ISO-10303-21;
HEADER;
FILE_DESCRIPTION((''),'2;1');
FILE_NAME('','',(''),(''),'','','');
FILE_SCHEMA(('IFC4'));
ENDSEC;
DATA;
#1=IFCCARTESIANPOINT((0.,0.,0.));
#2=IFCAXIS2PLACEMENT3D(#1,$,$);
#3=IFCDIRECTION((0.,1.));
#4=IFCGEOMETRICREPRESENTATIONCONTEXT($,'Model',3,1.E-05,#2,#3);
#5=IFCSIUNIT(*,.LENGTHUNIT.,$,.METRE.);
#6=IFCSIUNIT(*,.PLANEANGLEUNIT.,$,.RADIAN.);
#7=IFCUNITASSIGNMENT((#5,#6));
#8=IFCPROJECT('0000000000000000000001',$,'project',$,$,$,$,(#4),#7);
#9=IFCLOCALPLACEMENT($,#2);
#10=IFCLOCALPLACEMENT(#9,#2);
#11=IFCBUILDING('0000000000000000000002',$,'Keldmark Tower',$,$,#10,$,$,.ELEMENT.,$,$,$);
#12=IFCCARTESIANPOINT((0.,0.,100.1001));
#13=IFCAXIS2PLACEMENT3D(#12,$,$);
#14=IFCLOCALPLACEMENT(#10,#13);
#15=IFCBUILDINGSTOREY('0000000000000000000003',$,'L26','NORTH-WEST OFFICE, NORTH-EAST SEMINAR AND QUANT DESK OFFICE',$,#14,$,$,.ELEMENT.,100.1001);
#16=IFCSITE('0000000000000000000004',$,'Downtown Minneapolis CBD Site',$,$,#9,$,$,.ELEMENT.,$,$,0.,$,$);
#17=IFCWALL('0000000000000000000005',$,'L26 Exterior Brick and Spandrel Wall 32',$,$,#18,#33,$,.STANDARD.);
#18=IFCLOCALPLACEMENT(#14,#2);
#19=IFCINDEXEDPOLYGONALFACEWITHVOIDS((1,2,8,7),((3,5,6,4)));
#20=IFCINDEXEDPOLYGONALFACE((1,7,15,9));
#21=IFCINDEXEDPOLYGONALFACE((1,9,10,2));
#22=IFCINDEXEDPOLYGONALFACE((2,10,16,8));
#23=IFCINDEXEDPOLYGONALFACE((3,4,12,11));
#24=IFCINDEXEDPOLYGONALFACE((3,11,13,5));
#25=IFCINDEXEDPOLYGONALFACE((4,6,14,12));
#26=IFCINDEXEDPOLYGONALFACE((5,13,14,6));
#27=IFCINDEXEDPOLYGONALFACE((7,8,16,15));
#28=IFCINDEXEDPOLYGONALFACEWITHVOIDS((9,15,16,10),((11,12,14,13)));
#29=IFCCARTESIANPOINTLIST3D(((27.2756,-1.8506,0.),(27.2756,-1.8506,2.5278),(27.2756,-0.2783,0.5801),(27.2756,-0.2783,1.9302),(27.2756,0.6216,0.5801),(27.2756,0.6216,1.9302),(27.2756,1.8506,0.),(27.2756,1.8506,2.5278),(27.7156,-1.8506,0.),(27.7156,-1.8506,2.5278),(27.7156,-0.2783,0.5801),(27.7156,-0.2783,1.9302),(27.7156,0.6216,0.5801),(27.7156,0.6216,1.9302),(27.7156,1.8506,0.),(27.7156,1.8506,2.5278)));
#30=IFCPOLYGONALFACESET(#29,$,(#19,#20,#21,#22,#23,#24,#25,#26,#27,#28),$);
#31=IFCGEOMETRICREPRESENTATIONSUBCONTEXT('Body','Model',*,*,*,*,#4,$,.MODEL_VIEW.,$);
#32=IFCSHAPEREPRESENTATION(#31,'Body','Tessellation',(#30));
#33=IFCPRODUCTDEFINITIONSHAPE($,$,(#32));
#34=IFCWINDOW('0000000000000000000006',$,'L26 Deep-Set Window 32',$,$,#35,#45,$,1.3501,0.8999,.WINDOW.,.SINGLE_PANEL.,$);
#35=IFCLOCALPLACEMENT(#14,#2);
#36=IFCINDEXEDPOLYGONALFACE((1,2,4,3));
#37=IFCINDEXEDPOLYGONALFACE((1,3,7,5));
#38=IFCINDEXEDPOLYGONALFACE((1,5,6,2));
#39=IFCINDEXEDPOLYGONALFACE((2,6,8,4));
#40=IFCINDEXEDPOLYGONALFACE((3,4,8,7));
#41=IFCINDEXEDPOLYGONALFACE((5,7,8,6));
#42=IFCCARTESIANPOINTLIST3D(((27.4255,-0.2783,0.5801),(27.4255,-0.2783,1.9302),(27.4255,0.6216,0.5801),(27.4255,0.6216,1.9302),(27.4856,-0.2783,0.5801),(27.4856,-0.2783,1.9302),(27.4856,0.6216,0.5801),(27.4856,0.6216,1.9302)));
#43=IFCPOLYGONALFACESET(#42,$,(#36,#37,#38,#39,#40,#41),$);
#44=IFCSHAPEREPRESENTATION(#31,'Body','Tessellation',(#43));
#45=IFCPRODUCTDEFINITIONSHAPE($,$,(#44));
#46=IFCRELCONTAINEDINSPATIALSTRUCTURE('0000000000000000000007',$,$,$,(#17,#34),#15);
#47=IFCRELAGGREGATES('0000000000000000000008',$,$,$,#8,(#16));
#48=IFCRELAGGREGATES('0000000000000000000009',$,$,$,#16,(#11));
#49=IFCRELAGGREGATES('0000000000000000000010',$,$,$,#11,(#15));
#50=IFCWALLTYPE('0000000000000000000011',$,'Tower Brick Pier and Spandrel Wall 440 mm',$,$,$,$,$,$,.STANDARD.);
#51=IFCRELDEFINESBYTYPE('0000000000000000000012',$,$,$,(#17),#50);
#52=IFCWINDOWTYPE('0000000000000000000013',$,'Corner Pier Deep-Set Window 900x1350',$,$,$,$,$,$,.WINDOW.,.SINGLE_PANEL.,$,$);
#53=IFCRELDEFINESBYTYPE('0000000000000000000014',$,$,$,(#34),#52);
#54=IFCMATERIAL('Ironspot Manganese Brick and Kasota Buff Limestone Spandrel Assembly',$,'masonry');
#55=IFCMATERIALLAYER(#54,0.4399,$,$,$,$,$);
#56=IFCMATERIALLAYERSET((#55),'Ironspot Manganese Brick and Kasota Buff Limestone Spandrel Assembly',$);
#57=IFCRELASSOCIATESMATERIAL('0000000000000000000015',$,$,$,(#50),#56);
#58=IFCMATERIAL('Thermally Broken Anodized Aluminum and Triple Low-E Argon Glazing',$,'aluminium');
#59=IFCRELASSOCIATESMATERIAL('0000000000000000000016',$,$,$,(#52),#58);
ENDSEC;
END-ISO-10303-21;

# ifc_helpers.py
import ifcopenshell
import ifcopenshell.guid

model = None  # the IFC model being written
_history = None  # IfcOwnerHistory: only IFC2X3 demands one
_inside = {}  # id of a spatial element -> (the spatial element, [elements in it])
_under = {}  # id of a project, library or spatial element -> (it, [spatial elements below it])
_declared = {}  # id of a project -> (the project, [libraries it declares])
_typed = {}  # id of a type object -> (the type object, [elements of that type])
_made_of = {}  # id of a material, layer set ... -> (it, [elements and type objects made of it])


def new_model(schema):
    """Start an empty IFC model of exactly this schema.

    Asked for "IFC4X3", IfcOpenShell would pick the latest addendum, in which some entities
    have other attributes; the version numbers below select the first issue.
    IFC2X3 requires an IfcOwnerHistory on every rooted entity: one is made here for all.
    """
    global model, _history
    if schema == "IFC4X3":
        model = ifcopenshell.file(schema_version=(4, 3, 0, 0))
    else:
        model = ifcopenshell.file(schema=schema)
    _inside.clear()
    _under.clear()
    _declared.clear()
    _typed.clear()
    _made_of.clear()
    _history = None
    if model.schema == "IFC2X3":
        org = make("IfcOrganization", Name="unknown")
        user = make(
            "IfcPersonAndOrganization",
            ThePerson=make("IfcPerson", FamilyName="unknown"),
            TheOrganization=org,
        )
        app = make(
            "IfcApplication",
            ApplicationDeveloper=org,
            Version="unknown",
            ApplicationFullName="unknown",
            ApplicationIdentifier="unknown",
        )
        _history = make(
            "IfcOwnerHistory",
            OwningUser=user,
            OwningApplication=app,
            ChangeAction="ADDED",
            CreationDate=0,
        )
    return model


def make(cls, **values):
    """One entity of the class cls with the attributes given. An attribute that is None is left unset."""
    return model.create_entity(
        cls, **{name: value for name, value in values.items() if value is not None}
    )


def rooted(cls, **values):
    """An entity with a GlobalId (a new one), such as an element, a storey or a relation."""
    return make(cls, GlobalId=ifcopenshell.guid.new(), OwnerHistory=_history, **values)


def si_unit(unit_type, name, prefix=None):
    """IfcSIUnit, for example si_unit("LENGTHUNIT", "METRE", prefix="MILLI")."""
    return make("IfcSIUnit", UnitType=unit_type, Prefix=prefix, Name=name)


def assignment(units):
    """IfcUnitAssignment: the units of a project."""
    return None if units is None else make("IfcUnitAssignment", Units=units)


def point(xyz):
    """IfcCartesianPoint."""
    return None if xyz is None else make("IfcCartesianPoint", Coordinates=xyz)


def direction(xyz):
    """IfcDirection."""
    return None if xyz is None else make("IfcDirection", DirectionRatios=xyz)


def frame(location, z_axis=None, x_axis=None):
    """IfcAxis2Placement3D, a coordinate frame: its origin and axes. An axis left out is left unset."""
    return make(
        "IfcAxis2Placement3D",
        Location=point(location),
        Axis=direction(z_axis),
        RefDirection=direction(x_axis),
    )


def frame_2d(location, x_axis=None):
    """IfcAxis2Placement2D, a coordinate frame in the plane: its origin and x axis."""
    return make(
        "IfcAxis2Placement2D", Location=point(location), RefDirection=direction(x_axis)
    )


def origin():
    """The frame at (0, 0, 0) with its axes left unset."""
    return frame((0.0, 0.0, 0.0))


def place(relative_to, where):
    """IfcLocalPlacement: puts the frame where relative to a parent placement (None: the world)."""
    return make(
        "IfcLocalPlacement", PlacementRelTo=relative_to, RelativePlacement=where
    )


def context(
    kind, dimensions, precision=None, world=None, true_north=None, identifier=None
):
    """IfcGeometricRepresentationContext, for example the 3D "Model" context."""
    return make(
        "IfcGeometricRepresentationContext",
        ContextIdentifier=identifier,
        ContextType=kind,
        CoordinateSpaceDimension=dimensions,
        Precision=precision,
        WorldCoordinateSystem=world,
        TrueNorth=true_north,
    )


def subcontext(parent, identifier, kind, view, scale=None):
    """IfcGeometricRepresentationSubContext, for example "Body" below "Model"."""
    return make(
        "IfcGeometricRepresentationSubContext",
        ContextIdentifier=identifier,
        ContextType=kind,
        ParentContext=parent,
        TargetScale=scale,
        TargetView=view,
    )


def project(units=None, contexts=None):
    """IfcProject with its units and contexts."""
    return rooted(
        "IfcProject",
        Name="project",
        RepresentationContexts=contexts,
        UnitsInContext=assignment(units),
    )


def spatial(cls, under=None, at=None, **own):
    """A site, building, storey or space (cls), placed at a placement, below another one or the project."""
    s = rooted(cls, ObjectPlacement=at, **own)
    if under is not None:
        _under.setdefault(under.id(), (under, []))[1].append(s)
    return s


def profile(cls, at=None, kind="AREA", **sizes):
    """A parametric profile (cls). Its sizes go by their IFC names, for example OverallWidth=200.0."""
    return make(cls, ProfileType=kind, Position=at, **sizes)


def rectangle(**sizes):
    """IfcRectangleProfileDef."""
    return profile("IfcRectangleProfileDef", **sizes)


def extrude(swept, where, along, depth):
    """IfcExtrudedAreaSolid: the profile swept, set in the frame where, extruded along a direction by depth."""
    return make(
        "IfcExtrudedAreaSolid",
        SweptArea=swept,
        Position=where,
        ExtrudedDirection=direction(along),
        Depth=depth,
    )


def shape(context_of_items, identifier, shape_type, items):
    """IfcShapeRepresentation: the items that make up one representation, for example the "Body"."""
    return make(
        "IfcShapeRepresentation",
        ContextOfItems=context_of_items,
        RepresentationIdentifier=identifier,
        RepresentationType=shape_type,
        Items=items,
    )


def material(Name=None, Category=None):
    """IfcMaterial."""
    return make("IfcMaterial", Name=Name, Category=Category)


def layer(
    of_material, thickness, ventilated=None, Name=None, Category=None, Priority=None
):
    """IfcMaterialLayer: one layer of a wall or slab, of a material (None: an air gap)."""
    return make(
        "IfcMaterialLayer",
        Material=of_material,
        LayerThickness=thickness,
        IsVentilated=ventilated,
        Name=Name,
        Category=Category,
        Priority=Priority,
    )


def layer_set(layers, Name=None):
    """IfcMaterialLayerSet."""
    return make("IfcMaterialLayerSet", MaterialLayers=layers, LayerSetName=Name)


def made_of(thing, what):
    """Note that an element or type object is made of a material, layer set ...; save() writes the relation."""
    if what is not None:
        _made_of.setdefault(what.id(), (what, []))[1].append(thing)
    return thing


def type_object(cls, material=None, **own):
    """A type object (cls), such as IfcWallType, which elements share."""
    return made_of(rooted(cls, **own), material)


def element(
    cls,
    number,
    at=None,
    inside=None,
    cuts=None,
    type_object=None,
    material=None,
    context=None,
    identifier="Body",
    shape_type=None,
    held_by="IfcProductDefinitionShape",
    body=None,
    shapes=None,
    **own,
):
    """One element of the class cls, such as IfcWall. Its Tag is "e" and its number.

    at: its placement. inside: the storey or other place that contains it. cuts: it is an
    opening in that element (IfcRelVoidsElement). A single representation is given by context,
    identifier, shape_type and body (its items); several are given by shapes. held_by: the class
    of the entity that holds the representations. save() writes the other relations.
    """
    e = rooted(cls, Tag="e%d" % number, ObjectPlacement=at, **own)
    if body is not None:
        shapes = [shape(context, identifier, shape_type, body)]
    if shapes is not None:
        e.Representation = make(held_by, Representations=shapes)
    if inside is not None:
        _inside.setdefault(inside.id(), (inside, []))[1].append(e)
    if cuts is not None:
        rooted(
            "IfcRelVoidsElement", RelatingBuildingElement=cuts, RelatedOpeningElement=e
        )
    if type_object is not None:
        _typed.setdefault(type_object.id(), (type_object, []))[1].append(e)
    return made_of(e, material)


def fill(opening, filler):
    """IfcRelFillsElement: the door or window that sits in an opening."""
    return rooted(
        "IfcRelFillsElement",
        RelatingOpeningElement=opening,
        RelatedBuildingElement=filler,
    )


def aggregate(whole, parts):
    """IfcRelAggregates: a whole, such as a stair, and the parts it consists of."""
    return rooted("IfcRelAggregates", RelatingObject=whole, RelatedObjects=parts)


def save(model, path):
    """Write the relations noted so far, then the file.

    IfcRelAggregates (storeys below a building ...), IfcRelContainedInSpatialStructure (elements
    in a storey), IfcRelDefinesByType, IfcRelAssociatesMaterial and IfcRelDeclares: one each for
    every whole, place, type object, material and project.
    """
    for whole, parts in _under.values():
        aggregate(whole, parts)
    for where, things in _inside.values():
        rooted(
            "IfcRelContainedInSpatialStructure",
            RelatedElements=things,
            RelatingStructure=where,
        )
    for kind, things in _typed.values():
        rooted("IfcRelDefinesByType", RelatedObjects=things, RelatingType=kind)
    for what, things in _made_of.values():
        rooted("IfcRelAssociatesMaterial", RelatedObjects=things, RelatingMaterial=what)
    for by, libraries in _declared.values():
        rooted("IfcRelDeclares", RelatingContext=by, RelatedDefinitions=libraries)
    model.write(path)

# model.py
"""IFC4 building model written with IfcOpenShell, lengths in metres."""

from ifc_helpers import new_model, si_unit, direction, frame, frame_2d, origin, place, context, subcontext, project, spatial, rectangle, extrude, material, layer, layer_set, type_object, element, fill, save


model = new_model("IFC4")

# Units and contexts
model_context = context("Model", 3, precision=1e-05, world=origin(), true_north=direction((0.0, 1.0)))
body_context = subcontext(model_context, "Body", "Model", "MODEL_VIEW")
ifc_project = project(units=[si_unit("LENGTHUNIT", "METRE"), si_unit("PLANEANGLEUNIT", "RADIAN")], contexts=[model_context])

# Site, building, storey
site_placement = place(None, origin())
site = spatial("IfcSite", under=ifc_project, at=site_placement, Name="Downtown Minneapolis CBD Site", CompositionType="ELEMENT", RefElevation=0.0)
building_placement = place(site_placement, origin())
building = spatial("IfcBuilding", under=site, at=building_placement, Name="Keldmark Tower", CompositionType="ELEMENT")
storey_placement = place(building_placement, frame((0.0, 0.0, 100.1001)))
storey = spatial("IfcBuildingStorey", under=building, at=storey_placement, Name="L26", Description="NORTH-WEST OFFICE, NORTH-EAST SEMINAR AND QUANT DESK OFFICE", CompositionType="ELEMENT", Elevation=100.1001)

# Wall, opening, window
ifc_material_1 = material(Name="Ironspot Manganese Brick and Kasota Buff Limestone Spandrel Assembly", Category="masonry")
ifc_layer_1 = layer(ifc_material_1, 0.4399)
ifc_layer_set_1 = layer_set([ifc_layer_1], Name="Ironspot Manganese Brick and Kasota Buff Limestone Spandrel Assembly")
wall_type_1 = type_object("IfcWallType", Name="Tower Brick Pier and Spandrel Wall 440 mm", PredefinedType="STANDARD", material=ifc_layer_set_1)
wall_1_placement = place(storey_placement, frame((27.4956, 1.8506, 0.0), z_axis=(0.0, 0.0, 1.0), x_axis=(0.0, -1.0, 0.0)))
wall_1 = element("IfcWall", 1, at=wall_1_placement, inside=storey, type_object=wall_type_1, Name="L26 Exterior Brick and Spandrel Wall 32", PredefinedType="STANDARD", context=body_context, shape_type="SweptSolid", body=[
    extrude(rectangle(XDim=3.7012, YDim=0.4399, at=frame_2d((1.8506, 0.0))), origin(), (0.0, 0.0, 1.0), 2.5278),
])
opening_1_placement = place(wall_1_placement, frame((1.229, 0.0, 0.5801)))
opening_1 = element("IfcOpeningElement", 2, at=opening_1_placement, cuts=wall_1, PredefinedType="OPENING", context=body_context, shape_type="SweptSolid", body=[
    extrude(rectangle(XDim=0.8999, YDim=1.3501, at=frame_2d((0.45, 0.675))), frame((0.0, 0.23, 0.0), z_axis=(0.0, -1.0, 0.0), x_axis=(1.0, 0.0, 0.0)), (0.0, 0.0, 1.0), 0.46),
])
ifc_material_2 = material(Name="Thermally Broken Anodized Aluminum and Triple Low-E Argon Glazing", Category="aluminium")
window_type_1 = type_object("IfcWindowType", Name="Corner Pier Deep-Set Window 900x1350", PartitioningType="SINGLE_PANEL", PredefinedType="WINDOW", material=ifc_material_2)
window_1_placement = place(opening_1_placement, origin())
window_1 = element("IfcWindow", 3, at=window_1_placement, inside=storey, type_object=window_type_1, Name="L26 Deep-Set Window 32", OverallHeight=1.3501, OverallWidth=0.8999, PartitioningType="SINGLE_PANEL", PredefinedType="WINDOW", context=body_context, shape_type="SweptSolid", body=[
    extrude(rectangle(XDim=0.8999, YDim=1.3501, at=frame_2d((0.45, 0.675))), frame((0.0, -0.01, 0.0), z_axis=(0.0, -1.0, 0.0), x_axis=(1.0, 0.0, 0.0)), (0.0, 0.0, 1.0), 0.0601),
])
fill(opening_1, window_1)

save(model, "model.ifc")
